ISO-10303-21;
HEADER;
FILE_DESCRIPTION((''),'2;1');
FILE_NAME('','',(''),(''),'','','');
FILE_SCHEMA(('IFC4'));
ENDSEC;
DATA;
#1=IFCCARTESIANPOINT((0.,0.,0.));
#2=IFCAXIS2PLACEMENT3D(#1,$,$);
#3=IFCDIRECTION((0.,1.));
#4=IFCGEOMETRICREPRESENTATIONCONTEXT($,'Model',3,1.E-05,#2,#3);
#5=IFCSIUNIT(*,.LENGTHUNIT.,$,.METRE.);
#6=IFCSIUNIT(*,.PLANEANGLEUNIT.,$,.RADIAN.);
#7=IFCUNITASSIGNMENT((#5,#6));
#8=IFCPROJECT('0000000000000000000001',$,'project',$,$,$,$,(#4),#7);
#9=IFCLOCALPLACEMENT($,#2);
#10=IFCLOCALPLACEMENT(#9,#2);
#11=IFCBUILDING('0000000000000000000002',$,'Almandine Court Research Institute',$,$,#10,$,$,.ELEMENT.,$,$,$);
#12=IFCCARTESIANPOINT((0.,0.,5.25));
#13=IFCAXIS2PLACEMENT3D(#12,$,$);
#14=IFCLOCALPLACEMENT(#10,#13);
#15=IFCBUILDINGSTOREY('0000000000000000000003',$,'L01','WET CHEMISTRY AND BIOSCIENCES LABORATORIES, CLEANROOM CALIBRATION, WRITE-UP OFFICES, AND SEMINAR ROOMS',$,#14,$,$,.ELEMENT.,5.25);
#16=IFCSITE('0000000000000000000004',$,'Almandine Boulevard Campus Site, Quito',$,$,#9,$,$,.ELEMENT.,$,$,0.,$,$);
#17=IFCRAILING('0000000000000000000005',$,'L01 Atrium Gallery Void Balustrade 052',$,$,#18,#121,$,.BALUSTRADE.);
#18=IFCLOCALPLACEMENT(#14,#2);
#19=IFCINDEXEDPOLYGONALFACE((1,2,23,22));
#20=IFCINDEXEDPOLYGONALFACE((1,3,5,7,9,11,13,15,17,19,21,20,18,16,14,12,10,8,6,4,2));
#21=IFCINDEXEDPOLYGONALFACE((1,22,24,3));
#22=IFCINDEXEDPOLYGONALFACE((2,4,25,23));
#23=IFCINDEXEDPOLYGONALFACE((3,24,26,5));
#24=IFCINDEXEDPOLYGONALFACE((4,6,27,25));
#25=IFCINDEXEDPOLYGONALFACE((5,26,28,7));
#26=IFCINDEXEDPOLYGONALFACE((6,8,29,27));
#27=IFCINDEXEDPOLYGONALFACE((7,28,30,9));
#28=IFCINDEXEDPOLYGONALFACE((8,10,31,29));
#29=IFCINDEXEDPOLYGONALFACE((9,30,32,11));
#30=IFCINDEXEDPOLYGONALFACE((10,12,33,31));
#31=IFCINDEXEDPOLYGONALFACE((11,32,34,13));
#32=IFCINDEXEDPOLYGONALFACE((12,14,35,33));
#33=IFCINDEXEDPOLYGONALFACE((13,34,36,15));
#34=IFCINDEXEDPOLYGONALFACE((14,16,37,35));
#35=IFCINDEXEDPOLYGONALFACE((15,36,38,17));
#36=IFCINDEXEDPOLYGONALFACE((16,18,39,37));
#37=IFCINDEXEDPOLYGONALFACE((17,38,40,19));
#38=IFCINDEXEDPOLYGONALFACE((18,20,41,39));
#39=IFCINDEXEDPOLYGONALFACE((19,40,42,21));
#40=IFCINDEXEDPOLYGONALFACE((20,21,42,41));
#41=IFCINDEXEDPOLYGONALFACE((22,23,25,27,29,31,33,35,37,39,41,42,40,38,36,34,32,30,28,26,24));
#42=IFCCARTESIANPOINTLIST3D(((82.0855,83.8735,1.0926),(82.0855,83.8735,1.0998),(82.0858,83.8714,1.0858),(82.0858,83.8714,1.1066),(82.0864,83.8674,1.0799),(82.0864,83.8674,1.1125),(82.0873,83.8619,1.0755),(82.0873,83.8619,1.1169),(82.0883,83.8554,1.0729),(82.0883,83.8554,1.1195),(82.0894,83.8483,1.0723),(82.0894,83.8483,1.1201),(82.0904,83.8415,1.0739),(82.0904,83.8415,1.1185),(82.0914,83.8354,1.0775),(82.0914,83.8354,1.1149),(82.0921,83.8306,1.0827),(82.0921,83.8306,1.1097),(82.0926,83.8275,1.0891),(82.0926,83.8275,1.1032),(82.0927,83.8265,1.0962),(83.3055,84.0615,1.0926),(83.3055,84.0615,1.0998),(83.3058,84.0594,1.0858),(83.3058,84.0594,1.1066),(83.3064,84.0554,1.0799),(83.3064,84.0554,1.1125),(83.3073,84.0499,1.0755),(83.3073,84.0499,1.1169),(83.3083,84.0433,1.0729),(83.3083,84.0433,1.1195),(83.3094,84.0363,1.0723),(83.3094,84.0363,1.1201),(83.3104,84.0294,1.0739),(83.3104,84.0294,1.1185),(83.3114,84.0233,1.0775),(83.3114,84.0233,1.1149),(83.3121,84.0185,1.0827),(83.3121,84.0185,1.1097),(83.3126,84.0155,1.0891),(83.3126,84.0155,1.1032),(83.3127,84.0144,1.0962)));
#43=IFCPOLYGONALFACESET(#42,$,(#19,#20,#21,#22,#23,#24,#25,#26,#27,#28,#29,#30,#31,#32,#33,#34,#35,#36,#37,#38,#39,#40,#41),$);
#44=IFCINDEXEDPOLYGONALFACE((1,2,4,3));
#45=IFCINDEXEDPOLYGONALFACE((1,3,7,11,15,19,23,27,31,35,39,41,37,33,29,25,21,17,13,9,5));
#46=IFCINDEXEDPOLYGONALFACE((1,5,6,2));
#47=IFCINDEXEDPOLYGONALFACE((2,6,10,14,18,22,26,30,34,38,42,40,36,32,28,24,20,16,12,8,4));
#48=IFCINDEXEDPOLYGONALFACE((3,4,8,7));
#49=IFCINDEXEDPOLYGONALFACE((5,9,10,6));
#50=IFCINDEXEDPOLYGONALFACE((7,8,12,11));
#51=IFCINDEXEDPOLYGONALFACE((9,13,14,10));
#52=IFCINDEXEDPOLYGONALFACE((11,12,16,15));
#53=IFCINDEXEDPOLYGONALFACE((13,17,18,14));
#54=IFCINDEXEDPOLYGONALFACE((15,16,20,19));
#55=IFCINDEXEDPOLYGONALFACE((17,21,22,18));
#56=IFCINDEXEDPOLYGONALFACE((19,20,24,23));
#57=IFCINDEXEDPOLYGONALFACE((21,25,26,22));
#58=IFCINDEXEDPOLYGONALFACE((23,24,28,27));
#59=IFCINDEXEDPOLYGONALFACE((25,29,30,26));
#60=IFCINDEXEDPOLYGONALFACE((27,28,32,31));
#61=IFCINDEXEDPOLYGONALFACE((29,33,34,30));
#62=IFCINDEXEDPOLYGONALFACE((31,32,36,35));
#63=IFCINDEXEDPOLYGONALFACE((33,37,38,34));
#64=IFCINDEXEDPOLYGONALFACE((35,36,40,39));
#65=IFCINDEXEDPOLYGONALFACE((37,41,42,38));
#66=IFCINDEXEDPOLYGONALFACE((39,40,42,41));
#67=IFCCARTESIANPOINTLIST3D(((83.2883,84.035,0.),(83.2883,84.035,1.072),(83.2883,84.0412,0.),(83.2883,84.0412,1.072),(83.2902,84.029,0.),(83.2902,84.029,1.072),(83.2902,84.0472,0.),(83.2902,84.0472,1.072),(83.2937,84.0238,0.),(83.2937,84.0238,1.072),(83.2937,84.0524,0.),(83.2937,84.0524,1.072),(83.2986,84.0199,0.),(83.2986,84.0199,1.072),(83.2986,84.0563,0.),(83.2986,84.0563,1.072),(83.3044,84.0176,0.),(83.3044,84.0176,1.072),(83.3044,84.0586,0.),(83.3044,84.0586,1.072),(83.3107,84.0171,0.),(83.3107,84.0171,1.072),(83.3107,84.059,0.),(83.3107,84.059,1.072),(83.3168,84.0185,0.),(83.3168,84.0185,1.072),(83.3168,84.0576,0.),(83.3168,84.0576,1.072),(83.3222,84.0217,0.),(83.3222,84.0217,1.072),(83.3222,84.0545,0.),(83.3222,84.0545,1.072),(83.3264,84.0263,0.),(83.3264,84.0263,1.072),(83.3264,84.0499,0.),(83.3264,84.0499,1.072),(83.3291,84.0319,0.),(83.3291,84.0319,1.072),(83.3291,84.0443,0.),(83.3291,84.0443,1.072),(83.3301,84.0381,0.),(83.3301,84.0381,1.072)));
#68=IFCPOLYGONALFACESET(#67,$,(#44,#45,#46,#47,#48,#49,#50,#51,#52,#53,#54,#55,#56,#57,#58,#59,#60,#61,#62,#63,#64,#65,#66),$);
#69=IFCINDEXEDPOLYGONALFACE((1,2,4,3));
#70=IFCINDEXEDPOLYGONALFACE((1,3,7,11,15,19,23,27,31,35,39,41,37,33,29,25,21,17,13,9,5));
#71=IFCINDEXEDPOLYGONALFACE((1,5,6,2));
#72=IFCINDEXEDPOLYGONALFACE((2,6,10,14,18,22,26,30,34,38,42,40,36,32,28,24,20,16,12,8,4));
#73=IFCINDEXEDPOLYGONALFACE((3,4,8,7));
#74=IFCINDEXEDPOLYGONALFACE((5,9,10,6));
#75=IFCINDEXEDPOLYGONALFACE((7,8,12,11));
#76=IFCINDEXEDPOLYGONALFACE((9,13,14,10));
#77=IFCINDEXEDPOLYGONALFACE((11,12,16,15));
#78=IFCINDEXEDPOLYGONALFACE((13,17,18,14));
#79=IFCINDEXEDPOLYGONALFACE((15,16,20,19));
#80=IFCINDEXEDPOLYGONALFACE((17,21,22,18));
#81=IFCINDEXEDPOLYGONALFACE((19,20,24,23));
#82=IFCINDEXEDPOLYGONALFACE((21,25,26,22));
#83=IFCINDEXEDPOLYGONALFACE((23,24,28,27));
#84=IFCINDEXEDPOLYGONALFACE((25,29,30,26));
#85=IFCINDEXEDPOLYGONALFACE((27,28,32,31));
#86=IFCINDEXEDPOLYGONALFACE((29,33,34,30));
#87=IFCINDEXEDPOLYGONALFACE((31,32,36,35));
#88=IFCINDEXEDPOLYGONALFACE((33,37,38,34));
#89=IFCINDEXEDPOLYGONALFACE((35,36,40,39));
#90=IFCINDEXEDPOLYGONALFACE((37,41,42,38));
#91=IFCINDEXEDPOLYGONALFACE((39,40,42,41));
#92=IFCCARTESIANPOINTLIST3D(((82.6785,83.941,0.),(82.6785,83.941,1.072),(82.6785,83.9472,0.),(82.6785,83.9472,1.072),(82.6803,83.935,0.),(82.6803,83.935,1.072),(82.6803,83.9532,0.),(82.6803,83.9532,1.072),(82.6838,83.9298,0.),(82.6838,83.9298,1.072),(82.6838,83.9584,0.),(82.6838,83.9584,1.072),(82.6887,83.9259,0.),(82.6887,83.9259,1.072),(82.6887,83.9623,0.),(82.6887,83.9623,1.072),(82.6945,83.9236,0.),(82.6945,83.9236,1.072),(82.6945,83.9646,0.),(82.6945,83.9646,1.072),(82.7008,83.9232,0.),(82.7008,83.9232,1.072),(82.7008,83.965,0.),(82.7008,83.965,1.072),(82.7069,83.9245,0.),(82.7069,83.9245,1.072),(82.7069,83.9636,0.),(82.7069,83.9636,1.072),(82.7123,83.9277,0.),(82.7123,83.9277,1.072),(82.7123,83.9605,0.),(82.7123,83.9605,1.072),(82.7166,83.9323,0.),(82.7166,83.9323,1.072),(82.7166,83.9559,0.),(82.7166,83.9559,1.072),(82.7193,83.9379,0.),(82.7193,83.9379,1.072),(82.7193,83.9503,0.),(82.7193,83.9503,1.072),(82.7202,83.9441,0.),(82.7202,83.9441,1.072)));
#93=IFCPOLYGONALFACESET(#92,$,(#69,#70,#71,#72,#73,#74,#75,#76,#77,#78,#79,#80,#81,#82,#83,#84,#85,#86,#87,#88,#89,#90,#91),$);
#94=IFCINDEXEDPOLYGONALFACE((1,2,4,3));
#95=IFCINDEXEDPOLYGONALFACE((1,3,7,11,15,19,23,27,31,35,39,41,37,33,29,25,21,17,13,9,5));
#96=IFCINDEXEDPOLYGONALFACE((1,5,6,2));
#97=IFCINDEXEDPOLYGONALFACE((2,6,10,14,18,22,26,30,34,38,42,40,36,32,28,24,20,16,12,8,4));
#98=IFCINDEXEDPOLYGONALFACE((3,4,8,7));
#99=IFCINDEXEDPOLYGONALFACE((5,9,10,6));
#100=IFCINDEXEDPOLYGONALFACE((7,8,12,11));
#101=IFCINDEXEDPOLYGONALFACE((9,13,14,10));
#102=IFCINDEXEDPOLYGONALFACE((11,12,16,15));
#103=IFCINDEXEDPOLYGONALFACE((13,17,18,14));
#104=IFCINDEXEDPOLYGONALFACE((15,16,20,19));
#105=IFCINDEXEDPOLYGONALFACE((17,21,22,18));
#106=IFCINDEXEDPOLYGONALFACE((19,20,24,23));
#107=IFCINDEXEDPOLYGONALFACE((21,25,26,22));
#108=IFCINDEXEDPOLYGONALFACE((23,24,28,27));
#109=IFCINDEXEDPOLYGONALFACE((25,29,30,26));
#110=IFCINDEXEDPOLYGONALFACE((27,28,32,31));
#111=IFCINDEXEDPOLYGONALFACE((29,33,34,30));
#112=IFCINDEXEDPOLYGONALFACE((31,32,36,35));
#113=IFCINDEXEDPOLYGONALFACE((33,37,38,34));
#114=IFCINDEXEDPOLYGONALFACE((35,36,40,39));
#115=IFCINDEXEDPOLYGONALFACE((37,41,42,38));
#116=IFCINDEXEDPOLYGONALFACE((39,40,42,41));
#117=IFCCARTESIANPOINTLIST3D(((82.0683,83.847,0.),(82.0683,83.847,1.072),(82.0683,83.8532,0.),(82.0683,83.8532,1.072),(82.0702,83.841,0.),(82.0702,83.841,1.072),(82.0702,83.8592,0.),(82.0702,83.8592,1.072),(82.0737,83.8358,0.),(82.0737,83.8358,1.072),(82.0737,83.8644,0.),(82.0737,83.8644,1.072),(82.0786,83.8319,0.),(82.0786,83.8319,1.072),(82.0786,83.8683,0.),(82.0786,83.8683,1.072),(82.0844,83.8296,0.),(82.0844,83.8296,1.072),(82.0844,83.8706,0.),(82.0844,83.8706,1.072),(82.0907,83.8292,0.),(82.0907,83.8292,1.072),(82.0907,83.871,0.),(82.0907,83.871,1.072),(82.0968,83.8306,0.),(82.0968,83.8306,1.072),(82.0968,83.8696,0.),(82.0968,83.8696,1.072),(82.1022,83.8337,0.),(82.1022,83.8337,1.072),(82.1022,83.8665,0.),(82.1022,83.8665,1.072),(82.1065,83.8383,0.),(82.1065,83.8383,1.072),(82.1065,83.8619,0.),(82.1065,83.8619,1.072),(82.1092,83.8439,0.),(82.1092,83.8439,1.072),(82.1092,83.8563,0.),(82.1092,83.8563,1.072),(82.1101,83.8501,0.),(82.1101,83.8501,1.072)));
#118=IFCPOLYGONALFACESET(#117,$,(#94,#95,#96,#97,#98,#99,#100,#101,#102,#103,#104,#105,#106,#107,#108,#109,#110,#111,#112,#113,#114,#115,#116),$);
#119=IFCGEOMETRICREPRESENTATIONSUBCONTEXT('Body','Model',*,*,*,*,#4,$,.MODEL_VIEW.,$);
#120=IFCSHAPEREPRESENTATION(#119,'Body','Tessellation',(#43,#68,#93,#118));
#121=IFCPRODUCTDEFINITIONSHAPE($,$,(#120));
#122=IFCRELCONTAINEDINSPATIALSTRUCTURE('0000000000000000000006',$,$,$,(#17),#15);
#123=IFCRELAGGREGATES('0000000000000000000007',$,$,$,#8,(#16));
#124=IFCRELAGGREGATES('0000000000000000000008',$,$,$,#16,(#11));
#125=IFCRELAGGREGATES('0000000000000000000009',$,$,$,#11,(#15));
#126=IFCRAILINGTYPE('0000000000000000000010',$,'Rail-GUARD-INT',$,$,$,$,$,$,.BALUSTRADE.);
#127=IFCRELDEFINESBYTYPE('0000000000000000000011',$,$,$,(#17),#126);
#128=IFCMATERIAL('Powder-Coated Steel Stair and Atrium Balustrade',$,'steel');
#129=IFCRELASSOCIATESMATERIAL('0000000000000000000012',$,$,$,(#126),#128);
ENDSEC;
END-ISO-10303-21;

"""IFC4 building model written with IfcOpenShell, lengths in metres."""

from ifc_helpers import new_model, si_unit, direction, frame, origin, origin_2d, place, context, subcontext, project, spatial, circle, extrude, material, type_object, element, save


model = new_model("IFC4")

# Units and contexts
model_context = context("Model", 3, precision=1e-05, world=origin(), true_north=direction((0.0, 1.0)))
body_context = subcontext(model_context, "Body", "Model", "MODEL_VIEW")
ifc_project = project(units=[si_unit("LENGTHUNIT", "METRE"), si_unit("PLANEANGLEUNIT", "RADIAN")], contexts=[model_context])

# Site, building, storey
site_placement = place(None, origin())
site = spatial("IfcSite", under=ifc_project, at=site_placement, Name="Almandine Boulevard Campus Site, Quito", CompositionType="ELEMENT", RefElevation=0.0)
building_placement = place(site_placement, origin())
building = spatial("IfcBuilding", under=site, at=building_placement, Name="Almandine Court Research Institute", CompositionType="ELEMENT")
storey_placement = place(building_placement, frame((0.0, 0.0, 5.25)))
storey = spatial("IfcBuildingStorey", under=building, at=storey_placement, Name="L01", Description="WET CHEMISTRY AND BIOSCIENCES LABORATORIES, CLEANROOM CALIBRATION, WRITE-UP OFFICES, AND SEMINAR ROOMS", CompositionType="ELEMENT", Elevation=5.25)

# Railing
ifc_material_1 = material(Name="Powder-Coated Steel Stair and Atrium Balustrade", Category="steel")
railing_type = type_object("IfcRailingType", Name="Rail-GUARD-INT", PredefinedType="BALUSTRADE", material=ifc_material_1)
railing_1_placement = place(storey_placement, frame((83.3091, 84.0381, 0.0)))
element("IfcRailing", 1, at=railing_1_placement, inside=storey, type_object=railing_type, Name="L01 Atrium Gallery Void Balustrade 052", PredefinedType="BALUSTRADE", context=body_context, shape_type="SweptSolid", body=[
    extrude(circle(Radius=0.0239, at=origin_2d()), frame((0.0, 0.0, 1.0962), z_axis=(-0.988335, -0.152295, 0.0), x_axis=(0.152295, -0.988335, 0.0)), (0.0, 0.0, 1.0), 1.2344),
    extrude(circle(Radius=0.021, at=origin_2d()), origin(), (0.0, 0.0, 1.0), 1.072),
    extrude(circle(Radius=0.021, at=origin_2d()), frame((-0.6099, -0.094, 0.0)), (0.0, 0.0, 1.0), 1.072),
    extrude(circle(Radius=0.021, at=origin_2d()), frame((-1.22, -0.188, 0.0)), (0.0, 0.0, 1.0), 1.072),
])

save(model, "model.ifc")
